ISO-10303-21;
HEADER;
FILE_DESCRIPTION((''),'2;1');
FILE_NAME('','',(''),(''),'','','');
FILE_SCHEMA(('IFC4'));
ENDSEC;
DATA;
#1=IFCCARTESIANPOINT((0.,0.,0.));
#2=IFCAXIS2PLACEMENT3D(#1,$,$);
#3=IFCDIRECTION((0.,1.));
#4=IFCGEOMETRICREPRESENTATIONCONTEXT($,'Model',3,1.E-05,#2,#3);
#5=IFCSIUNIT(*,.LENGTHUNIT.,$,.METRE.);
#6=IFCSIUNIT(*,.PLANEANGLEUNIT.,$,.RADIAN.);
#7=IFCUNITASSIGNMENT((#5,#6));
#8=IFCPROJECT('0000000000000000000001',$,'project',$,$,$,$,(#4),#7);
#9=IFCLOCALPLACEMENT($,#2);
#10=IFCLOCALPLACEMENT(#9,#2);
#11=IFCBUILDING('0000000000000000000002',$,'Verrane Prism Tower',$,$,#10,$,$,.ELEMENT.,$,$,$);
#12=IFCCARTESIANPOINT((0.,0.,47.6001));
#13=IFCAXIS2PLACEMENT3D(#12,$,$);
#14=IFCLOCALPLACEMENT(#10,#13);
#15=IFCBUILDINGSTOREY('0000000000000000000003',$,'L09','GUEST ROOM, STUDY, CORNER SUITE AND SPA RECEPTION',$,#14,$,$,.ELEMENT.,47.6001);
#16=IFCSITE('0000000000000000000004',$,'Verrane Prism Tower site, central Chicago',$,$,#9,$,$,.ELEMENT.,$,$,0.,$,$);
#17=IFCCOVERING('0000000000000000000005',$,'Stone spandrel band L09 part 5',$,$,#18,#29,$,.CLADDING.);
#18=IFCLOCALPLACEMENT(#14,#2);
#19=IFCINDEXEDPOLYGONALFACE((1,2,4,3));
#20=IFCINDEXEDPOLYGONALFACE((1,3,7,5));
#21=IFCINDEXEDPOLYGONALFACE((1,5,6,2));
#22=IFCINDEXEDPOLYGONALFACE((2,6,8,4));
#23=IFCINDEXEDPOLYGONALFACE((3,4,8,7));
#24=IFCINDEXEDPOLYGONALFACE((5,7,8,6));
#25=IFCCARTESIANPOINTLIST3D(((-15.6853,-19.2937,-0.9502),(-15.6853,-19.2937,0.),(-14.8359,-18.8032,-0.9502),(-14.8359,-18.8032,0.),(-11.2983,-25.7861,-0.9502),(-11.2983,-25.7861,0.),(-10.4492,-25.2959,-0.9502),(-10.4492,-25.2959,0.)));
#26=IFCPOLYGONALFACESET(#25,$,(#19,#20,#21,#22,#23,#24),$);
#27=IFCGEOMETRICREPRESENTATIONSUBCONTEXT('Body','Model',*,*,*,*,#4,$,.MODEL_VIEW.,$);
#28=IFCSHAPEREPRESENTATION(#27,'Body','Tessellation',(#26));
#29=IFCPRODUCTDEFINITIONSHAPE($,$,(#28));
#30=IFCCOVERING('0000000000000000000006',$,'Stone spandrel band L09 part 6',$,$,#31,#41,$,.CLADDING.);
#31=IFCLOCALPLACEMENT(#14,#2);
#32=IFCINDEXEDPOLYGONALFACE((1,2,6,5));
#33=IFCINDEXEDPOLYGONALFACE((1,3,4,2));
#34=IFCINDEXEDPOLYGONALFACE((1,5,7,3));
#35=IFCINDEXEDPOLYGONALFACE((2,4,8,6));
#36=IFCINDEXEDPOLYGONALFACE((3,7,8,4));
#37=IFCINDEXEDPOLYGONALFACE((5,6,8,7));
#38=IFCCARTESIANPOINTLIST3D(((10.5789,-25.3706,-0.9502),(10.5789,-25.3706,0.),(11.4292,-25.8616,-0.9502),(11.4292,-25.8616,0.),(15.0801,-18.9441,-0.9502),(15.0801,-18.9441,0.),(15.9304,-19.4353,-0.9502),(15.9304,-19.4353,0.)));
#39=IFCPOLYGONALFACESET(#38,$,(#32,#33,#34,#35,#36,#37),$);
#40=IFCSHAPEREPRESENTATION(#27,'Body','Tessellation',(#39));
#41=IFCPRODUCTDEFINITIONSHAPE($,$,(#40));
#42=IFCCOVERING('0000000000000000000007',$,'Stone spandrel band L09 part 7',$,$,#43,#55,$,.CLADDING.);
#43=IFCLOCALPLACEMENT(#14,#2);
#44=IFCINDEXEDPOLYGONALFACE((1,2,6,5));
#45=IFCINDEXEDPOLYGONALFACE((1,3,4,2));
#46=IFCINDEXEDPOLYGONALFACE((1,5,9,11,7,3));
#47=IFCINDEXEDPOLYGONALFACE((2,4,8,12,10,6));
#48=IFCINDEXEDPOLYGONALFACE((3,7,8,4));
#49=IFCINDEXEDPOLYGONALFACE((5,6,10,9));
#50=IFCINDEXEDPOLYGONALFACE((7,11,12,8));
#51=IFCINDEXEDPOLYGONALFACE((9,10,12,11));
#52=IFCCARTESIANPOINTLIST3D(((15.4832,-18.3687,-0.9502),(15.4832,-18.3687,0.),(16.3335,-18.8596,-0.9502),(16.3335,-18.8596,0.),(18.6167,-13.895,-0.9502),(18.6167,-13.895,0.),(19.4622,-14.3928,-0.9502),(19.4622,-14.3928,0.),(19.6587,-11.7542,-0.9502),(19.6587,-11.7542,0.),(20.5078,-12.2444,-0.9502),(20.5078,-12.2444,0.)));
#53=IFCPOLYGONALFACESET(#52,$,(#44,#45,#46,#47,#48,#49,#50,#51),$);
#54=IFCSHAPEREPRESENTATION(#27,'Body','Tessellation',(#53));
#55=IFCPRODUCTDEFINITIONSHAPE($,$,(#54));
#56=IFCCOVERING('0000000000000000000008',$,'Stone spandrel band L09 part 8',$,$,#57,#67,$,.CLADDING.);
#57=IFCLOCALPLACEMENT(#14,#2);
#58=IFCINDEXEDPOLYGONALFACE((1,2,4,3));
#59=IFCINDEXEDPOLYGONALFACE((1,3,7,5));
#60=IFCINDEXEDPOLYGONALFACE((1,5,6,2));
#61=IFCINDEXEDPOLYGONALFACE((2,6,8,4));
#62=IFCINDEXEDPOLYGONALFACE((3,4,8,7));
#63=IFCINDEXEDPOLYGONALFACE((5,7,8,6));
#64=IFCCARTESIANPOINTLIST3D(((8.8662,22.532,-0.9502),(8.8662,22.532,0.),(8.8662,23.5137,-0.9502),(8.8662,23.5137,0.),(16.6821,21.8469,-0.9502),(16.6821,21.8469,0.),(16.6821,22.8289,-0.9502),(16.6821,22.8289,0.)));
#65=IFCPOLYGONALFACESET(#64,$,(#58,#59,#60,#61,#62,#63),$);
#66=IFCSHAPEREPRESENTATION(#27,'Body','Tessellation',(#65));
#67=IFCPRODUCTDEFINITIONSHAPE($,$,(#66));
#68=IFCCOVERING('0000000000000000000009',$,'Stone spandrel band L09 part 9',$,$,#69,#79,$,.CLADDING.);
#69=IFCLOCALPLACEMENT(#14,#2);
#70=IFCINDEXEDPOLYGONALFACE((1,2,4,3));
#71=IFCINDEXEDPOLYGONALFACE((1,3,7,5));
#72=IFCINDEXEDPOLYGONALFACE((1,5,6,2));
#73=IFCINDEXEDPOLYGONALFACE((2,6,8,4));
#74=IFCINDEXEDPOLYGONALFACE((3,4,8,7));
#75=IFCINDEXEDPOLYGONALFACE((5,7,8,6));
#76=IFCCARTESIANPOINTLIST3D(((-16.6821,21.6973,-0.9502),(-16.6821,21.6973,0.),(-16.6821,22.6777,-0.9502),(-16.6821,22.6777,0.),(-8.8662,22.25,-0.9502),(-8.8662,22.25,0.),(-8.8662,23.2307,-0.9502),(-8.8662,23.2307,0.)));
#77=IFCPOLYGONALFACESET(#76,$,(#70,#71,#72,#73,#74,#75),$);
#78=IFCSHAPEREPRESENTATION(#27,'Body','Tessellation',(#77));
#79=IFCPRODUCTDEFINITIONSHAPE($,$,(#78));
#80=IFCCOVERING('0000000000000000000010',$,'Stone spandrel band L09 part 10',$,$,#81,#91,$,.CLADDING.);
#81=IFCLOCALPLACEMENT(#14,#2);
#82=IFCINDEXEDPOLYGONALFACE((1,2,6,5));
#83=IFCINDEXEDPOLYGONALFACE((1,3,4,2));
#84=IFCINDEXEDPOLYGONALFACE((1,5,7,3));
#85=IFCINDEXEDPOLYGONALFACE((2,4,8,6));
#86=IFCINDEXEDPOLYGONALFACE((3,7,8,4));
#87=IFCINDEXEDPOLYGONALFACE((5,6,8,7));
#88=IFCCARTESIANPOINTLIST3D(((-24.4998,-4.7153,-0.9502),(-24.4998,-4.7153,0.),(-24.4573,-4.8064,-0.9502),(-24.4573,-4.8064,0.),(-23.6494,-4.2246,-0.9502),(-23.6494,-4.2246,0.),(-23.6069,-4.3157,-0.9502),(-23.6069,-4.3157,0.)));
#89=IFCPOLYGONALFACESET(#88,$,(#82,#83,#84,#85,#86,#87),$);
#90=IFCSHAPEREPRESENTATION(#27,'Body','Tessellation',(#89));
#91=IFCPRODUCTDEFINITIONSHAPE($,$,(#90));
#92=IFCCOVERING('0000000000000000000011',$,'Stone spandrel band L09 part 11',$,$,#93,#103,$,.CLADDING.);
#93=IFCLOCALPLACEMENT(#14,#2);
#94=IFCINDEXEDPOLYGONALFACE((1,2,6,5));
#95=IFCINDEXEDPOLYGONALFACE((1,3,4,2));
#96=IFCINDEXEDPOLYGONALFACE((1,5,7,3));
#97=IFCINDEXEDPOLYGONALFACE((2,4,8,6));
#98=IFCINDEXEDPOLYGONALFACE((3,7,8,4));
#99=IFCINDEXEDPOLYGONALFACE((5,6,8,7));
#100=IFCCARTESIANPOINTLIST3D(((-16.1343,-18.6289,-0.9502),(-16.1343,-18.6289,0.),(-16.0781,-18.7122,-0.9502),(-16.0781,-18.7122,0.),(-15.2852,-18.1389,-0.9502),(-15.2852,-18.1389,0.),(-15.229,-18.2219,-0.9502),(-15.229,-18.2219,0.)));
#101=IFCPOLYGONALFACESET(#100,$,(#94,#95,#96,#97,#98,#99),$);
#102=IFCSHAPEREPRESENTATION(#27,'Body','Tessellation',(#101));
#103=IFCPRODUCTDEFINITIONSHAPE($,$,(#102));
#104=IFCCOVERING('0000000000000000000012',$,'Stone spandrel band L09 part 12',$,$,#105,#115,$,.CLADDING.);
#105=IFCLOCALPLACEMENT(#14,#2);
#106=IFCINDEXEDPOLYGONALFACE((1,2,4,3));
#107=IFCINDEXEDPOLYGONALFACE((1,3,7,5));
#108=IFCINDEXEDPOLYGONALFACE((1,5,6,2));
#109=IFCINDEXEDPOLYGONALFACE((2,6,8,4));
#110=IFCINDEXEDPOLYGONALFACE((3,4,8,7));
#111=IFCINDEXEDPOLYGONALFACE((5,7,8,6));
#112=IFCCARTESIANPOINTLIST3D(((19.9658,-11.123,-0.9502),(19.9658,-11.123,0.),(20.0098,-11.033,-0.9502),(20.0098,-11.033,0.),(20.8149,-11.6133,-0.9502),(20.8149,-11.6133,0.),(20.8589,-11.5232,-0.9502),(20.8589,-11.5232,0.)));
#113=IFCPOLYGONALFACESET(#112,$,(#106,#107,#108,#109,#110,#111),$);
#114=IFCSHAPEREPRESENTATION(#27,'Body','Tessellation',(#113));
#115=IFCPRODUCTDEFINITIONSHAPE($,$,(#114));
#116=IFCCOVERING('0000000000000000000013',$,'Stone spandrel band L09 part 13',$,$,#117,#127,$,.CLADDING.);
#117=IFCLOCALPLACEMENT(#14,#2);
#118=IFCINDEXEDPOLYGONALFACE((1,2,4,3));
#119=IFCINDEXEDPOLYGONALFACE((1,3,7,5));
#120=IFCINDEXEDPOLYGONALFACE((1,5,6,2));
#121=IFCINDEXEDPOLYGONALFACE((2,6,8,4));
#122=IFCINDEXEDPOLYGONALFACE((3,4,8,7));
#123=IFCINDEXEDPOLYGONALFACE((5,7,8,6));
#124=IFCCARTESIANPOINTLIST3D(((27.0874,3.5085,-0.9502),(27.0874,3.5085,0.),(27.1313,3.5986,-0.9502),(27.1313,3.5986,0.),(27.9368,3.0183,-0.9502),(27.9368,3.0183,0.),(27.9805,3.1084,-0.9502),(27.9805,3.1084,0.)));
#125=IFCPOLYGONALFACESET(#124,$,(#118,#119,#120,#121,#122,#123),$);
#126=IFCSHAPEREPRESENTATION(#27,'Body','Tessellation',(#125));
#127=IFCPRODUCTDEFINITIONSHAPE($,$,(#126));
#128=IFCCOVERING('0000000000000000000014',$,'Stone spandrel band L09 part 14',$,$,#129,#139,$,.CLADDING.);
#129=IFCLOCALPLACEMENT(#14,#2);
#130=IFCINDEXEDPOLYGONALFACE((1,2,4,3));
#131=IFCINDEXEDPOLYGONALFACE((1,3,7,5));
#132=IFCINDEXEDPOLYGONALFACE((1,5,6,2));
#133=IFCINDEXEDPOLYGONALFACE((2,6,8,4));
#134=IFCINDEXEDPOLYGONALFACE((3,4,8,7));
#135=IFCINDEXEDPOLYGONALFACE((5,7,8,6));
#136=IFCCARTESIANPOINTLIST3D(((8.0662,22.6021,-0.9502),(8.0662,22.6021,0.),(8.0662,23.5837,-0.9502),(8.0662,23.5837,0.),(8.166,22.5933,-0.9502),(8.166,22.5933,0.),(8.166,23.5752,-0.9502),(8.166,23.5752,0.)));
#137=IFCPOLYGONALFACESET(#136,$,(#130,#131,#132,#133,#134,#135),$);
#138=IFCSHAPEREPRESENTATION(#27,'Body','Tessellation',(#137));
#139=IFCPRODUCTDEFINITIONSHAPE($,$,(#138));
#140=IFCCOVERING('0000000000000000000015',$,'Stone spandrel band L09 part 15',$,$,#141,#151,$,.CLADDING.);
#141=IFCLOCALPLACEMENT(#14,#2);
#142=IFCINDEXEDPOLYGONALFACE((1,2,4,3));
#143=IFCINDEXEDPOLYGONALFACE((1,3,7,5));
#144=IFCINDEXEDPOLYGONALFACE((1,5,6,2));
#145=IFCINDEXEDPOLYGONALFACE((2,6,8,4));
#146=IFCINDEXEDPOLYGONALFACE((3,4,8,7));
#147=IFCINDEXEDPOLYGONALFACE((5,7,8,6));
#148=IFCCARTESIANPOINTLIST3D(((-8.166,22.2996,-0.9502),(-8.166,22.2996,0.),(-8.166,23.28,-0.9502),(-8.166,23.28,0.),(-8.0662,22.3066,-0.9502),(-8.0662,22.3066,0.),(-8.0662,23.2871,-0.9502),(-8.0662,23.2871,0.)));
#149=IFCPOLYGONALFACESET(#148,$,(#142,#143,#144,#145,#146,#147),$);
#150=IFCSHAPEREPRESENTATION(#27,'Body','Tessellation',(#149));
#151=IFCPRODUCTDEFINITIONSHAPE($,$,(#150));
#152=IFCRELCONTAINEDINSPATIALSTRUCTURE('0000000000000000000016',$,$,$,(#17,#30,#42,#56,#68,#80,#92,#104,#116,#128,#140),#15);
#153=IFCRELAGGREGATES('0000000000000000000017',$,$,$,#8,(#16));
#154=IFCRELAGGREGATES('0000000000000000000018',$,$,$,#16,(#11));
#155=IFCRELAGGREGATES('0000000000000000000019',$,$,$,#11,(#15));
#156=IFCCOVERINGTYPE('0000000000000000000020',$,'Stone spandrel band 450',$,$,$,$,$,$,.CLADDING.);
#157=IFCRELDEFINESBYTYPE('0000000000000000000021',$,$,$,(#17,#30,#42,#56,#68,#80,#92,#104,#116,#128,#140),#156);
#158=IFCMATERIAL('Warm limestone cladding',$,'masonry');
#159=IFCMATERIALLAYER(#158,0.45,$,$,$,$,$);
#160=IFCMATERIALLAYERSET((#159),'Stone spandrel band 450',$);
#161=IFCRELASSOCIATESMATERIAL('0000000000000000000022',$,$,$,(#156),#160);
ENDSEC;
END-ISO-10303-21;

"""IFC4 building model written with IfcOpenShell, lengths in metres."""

from ifc_helpers import new_model, si_unit, direction, frame, origin, place, context, subcontext, project, spatial, polyline, outline, extrude, material, layer, layer_set, type_object, element, save


model = new_model("IFC4")

# Units and contexts
model_context = context("Model", 3, precision=1e-05, world=origin(), true_north=direction((0.0, 1.0)))
body_context = subcontext(model_context, "Body", "Model", "MODEL_VIEW")
ifc_project = project(units=[si_unit("LENGTHUNIT", "METRE"), si_unit("PLANEANGLEUNIT", "RADIAN")], contexts=[model_context])

# Site, building, storey
site_placement = place(None, origin())
site = spatial("IfcSite", under=ifc_project, at=site_placement, Name="Verrane Prism Tower site, central Chicago", CompositionType="ELEMENT", RefElevation=0.0)
building_placement = place(site_placement, origin())
building = spatial("IfcBuilding", under=site, at=building_placement, Name="Verrane Prism Tower", CompositionType="ELEMENT")
storey_placement = place(building_placement, frame((0.0, 0.0, 47.6001)))
storey = spatial("IfcBuildingStorey", under=building, at=storey_placement, Name="L09", Description="GUEST ROOM, STUDY, CORNER SUITE AND SPA RECEPTION", CompositionType="ELEMENT", Elevation=47.6001)

# Coverings
ifc_material_1 = material(Name="Warm limestone cladding", Category="masonry")
ifc_layer_1 = layer(ifc_material_1, 0.45)
ifc_layer_set_1 = layer_set([ifc_layer_1], Name="Stone spandrel band 450")
covering_type_1 = type_object("IfcCoveringType", Name="Stone spandrel band 450", PredefinedType="CLADDING", material=ifc_layer_set_1)
covering_1_placement = place(storey_placement, frame((0.0, 0.0, -0.9502)))
element("IfcCovering", 1, at=covering_1_placement, inside=storey, type_object=covering_type_1, Name="Stone spandrel band L09 part 5", PredefinedType="CLADDING", context=body_context, shape_type="SweptSolid", body=[
    extrude(outline(polyline([(-15.6853, -19.2937), (-11.2983, -25.7861), (-10.4492, -25.2959), (-14.8359, -18.8032), (-15.6853, -19.2937)])), origin(), (0.0, 0.0, 1.0), 0.9502),
])
covering_2_placement = place(storey_placement, frame((0.0, 0.0, -0.9502)))
element("IfcCovering", 2, at=covering_2_placement, inside=storey, type_object=covering_type_1, Name="Stone spandrel band L09 part 6", PredefinedType="CLADDING", context=body_context, shape_type="SweptSolid", body=[
    extrude(outline(polyline([(15.0801, -18.9441), (10.5789, -25.3706), (11.4292, -25.8616), (15.9304, -19.4353), (15.0801, -18.9441)])), origin(), (0.0, 0.0, 1.0), 0.9502),
])
covering_3_placement = place(storey_placement, frame((0.0, 0.0, -0.9502)))
element("IfcCovering", 3, at=covering_3_placement, inside=storey, type_object=covering_type_1, Name="Stone spandrel band L09 part 7", PredefinedType="CLADDING", context=body_context, shape_type="SweptSolid", body=[
    extrude(outline(polyline([(19.4622, -14.3928), (20.5078, -12.2444), (19.6587, -11.7542), (18.6167, -13.895), (15.4832, -18.3687), (16.3335, -18.8596), (19.4622, -14.3928)])), origin(), (0.0, 0.0, 1.0), 0.9502),
])
covering_4_placement = place(storey_placement, frame((0.0, 0.0, -0.9502)))
element("IfcCovering", 4, at=covering_4_placement, inside=storey, type_object=covering_type_1, Name="Stone spandrel band L09 part 8", PredefinedType="CLADDING", context=body_context, shape_type="SweptSolid", body=[
    extrude(outline(polyline([(16.6821, 22.8289), (8.8662, 23.5137), (8.8662, 22.532), (16.6821, 21.8469), (16.6821, 22.8289)])), origin(), (0.0, 0.0, 1.0), 0.9502),
])
covering_5_placement = place(storey_placement, frame((0.0, 0.0, -0.9502)))
element("IfcCovering", 5, at=covering_5_placement, inside=storey, type_object=covering_type_1, Name="Stone spandrel band L09 part 9", PredefinedType="CLADDING", context=body_context, shape_type="SweptSolid", body=[
    extrude(outline(polyline([(-16.6821, 21.6973), (-8.8662, 22.25), (-8.8662, 23.2307), (-16.6821, 22.6777), (-16.6821, 21.6973)])), origin(), (0.0, 0.0, 1.0), 0.9502),
])
covering_6_placement = place(storey_placement, frame((0.0, 0.0, -0.9502)))
element("IfcCovering", 6, at=covering_6_placement, inside=storey, type_object=covering_type_1, Name="Stone spandrel band L09 part 10", PredefinedType="CLADDING", context=body_context, shape_type="SweptSolid", body=[
    extrude(outline(polyline([(-24.4573, -4.8064), (-23.6069, -4.3157), (-23.6494, -4.2246), (-24.4998, -4.7153), (-24.4573, -4.8064)])), origin(), (0.0, 0.0, 1.0), 0.9502),
])
covering_7_placement = place(storey_placement, frame((0.0, 0.0, -0.9502)))
element("IfcCovering", 7, at=covering_7_placement, inside=storey, type_object=covering_type_1, Name="Stone spandrel band L09 part 11", PredefinedType="CLADDING", context=body_context, shape_type="SweptSolid", body=[
    extrude(outline(polyline([(-15.2852, -18.1389), (-16.1343, -18.6289), (-16.0781, -18.7122), (-15.229, -18.2219), (-15.2852, -18.1389)])), origin(), (0.0, 0.0, 1.0), 0.9502),
])
covering_8_placement = place(storey_placement, frame((0.0, 0.0, -0.9502)))
element("IfcCovering", 8, at=covering_8_placement, inside=storey, type_object=covering_type_1, Name="Stone spandrel band L09 part 12", PredefinedType="CLADDING", context=body_context, shape_type="SweptSolid", body=[
    extrude(outline(polyline([(20.8149, -11.6133), (20.8589, -11.5232), (20.0098, -11.033), (19.9658, -11.123), (20.8149, -11.6133)])), origin(), (0.0, 0.0, 1.0), 0.9502),
])
covering_9_placement = place(storey_placement, frame((0.0, 0.0, -0.9502)))
element("IfcCovering", 9, at=covering_9_placement, inside=storey, type_object=covering_type_1, Name="Stone spandrel band L09 part 13", PredefinedType="CLADDING", context=body_context, shape_type="SweptSolid", body=[
    extrude(outline(polyline([(27.0874, 3.5085), (27.9368, 3.0183), (27.9805, 3.1084), (27.1313, 3.5986), (27.0874, 3.5085)])), origin(), (0.0, 0.0, 1.0), 0.9502),
])
covering_10_placement = place(storey_placement, frame((0.0, 0.0, -0.9502)))
element("IfcCovering", 10, at=covering_10_placement, inside=storey, type_object=covering_type_1, Name="Stone spandrel band L09 part 14", PredefinedType="CLADDING", context=body_context, shape_type="SweptSolid", body=[
    extrude(outline(polyline([(8.0662, 23.5837), (8.0662, 22.6021), (8.166, 22.5933), (8.166, 23.5752), (8.0662, 23.5837)])), origin(), (0.0, 0.0, 1.0), 0.9502),
])
covering_11_placement = place(storey_placement, frame((0.0, 0.0, -0.9502)))
element("IfcCovering", 11, at=covering_11_placement, inside=storey, type_object=covering_type_1, Name="Stone spandrel band L09 part 15", PredefinedType="CLADDING", context=body_context, shape_type="SweptSolid", body=[
    extrude(outline(polyline([(-8.0662, 22.3066), (-8.0662, 23.2871), (-8.166, 23.28), (-8.166, 22.2996), (-8.0662, 22.3066)])), origin(), (0.0, 0.0, 1.0), 0.9502),
])

save(model, "model.ifc")
